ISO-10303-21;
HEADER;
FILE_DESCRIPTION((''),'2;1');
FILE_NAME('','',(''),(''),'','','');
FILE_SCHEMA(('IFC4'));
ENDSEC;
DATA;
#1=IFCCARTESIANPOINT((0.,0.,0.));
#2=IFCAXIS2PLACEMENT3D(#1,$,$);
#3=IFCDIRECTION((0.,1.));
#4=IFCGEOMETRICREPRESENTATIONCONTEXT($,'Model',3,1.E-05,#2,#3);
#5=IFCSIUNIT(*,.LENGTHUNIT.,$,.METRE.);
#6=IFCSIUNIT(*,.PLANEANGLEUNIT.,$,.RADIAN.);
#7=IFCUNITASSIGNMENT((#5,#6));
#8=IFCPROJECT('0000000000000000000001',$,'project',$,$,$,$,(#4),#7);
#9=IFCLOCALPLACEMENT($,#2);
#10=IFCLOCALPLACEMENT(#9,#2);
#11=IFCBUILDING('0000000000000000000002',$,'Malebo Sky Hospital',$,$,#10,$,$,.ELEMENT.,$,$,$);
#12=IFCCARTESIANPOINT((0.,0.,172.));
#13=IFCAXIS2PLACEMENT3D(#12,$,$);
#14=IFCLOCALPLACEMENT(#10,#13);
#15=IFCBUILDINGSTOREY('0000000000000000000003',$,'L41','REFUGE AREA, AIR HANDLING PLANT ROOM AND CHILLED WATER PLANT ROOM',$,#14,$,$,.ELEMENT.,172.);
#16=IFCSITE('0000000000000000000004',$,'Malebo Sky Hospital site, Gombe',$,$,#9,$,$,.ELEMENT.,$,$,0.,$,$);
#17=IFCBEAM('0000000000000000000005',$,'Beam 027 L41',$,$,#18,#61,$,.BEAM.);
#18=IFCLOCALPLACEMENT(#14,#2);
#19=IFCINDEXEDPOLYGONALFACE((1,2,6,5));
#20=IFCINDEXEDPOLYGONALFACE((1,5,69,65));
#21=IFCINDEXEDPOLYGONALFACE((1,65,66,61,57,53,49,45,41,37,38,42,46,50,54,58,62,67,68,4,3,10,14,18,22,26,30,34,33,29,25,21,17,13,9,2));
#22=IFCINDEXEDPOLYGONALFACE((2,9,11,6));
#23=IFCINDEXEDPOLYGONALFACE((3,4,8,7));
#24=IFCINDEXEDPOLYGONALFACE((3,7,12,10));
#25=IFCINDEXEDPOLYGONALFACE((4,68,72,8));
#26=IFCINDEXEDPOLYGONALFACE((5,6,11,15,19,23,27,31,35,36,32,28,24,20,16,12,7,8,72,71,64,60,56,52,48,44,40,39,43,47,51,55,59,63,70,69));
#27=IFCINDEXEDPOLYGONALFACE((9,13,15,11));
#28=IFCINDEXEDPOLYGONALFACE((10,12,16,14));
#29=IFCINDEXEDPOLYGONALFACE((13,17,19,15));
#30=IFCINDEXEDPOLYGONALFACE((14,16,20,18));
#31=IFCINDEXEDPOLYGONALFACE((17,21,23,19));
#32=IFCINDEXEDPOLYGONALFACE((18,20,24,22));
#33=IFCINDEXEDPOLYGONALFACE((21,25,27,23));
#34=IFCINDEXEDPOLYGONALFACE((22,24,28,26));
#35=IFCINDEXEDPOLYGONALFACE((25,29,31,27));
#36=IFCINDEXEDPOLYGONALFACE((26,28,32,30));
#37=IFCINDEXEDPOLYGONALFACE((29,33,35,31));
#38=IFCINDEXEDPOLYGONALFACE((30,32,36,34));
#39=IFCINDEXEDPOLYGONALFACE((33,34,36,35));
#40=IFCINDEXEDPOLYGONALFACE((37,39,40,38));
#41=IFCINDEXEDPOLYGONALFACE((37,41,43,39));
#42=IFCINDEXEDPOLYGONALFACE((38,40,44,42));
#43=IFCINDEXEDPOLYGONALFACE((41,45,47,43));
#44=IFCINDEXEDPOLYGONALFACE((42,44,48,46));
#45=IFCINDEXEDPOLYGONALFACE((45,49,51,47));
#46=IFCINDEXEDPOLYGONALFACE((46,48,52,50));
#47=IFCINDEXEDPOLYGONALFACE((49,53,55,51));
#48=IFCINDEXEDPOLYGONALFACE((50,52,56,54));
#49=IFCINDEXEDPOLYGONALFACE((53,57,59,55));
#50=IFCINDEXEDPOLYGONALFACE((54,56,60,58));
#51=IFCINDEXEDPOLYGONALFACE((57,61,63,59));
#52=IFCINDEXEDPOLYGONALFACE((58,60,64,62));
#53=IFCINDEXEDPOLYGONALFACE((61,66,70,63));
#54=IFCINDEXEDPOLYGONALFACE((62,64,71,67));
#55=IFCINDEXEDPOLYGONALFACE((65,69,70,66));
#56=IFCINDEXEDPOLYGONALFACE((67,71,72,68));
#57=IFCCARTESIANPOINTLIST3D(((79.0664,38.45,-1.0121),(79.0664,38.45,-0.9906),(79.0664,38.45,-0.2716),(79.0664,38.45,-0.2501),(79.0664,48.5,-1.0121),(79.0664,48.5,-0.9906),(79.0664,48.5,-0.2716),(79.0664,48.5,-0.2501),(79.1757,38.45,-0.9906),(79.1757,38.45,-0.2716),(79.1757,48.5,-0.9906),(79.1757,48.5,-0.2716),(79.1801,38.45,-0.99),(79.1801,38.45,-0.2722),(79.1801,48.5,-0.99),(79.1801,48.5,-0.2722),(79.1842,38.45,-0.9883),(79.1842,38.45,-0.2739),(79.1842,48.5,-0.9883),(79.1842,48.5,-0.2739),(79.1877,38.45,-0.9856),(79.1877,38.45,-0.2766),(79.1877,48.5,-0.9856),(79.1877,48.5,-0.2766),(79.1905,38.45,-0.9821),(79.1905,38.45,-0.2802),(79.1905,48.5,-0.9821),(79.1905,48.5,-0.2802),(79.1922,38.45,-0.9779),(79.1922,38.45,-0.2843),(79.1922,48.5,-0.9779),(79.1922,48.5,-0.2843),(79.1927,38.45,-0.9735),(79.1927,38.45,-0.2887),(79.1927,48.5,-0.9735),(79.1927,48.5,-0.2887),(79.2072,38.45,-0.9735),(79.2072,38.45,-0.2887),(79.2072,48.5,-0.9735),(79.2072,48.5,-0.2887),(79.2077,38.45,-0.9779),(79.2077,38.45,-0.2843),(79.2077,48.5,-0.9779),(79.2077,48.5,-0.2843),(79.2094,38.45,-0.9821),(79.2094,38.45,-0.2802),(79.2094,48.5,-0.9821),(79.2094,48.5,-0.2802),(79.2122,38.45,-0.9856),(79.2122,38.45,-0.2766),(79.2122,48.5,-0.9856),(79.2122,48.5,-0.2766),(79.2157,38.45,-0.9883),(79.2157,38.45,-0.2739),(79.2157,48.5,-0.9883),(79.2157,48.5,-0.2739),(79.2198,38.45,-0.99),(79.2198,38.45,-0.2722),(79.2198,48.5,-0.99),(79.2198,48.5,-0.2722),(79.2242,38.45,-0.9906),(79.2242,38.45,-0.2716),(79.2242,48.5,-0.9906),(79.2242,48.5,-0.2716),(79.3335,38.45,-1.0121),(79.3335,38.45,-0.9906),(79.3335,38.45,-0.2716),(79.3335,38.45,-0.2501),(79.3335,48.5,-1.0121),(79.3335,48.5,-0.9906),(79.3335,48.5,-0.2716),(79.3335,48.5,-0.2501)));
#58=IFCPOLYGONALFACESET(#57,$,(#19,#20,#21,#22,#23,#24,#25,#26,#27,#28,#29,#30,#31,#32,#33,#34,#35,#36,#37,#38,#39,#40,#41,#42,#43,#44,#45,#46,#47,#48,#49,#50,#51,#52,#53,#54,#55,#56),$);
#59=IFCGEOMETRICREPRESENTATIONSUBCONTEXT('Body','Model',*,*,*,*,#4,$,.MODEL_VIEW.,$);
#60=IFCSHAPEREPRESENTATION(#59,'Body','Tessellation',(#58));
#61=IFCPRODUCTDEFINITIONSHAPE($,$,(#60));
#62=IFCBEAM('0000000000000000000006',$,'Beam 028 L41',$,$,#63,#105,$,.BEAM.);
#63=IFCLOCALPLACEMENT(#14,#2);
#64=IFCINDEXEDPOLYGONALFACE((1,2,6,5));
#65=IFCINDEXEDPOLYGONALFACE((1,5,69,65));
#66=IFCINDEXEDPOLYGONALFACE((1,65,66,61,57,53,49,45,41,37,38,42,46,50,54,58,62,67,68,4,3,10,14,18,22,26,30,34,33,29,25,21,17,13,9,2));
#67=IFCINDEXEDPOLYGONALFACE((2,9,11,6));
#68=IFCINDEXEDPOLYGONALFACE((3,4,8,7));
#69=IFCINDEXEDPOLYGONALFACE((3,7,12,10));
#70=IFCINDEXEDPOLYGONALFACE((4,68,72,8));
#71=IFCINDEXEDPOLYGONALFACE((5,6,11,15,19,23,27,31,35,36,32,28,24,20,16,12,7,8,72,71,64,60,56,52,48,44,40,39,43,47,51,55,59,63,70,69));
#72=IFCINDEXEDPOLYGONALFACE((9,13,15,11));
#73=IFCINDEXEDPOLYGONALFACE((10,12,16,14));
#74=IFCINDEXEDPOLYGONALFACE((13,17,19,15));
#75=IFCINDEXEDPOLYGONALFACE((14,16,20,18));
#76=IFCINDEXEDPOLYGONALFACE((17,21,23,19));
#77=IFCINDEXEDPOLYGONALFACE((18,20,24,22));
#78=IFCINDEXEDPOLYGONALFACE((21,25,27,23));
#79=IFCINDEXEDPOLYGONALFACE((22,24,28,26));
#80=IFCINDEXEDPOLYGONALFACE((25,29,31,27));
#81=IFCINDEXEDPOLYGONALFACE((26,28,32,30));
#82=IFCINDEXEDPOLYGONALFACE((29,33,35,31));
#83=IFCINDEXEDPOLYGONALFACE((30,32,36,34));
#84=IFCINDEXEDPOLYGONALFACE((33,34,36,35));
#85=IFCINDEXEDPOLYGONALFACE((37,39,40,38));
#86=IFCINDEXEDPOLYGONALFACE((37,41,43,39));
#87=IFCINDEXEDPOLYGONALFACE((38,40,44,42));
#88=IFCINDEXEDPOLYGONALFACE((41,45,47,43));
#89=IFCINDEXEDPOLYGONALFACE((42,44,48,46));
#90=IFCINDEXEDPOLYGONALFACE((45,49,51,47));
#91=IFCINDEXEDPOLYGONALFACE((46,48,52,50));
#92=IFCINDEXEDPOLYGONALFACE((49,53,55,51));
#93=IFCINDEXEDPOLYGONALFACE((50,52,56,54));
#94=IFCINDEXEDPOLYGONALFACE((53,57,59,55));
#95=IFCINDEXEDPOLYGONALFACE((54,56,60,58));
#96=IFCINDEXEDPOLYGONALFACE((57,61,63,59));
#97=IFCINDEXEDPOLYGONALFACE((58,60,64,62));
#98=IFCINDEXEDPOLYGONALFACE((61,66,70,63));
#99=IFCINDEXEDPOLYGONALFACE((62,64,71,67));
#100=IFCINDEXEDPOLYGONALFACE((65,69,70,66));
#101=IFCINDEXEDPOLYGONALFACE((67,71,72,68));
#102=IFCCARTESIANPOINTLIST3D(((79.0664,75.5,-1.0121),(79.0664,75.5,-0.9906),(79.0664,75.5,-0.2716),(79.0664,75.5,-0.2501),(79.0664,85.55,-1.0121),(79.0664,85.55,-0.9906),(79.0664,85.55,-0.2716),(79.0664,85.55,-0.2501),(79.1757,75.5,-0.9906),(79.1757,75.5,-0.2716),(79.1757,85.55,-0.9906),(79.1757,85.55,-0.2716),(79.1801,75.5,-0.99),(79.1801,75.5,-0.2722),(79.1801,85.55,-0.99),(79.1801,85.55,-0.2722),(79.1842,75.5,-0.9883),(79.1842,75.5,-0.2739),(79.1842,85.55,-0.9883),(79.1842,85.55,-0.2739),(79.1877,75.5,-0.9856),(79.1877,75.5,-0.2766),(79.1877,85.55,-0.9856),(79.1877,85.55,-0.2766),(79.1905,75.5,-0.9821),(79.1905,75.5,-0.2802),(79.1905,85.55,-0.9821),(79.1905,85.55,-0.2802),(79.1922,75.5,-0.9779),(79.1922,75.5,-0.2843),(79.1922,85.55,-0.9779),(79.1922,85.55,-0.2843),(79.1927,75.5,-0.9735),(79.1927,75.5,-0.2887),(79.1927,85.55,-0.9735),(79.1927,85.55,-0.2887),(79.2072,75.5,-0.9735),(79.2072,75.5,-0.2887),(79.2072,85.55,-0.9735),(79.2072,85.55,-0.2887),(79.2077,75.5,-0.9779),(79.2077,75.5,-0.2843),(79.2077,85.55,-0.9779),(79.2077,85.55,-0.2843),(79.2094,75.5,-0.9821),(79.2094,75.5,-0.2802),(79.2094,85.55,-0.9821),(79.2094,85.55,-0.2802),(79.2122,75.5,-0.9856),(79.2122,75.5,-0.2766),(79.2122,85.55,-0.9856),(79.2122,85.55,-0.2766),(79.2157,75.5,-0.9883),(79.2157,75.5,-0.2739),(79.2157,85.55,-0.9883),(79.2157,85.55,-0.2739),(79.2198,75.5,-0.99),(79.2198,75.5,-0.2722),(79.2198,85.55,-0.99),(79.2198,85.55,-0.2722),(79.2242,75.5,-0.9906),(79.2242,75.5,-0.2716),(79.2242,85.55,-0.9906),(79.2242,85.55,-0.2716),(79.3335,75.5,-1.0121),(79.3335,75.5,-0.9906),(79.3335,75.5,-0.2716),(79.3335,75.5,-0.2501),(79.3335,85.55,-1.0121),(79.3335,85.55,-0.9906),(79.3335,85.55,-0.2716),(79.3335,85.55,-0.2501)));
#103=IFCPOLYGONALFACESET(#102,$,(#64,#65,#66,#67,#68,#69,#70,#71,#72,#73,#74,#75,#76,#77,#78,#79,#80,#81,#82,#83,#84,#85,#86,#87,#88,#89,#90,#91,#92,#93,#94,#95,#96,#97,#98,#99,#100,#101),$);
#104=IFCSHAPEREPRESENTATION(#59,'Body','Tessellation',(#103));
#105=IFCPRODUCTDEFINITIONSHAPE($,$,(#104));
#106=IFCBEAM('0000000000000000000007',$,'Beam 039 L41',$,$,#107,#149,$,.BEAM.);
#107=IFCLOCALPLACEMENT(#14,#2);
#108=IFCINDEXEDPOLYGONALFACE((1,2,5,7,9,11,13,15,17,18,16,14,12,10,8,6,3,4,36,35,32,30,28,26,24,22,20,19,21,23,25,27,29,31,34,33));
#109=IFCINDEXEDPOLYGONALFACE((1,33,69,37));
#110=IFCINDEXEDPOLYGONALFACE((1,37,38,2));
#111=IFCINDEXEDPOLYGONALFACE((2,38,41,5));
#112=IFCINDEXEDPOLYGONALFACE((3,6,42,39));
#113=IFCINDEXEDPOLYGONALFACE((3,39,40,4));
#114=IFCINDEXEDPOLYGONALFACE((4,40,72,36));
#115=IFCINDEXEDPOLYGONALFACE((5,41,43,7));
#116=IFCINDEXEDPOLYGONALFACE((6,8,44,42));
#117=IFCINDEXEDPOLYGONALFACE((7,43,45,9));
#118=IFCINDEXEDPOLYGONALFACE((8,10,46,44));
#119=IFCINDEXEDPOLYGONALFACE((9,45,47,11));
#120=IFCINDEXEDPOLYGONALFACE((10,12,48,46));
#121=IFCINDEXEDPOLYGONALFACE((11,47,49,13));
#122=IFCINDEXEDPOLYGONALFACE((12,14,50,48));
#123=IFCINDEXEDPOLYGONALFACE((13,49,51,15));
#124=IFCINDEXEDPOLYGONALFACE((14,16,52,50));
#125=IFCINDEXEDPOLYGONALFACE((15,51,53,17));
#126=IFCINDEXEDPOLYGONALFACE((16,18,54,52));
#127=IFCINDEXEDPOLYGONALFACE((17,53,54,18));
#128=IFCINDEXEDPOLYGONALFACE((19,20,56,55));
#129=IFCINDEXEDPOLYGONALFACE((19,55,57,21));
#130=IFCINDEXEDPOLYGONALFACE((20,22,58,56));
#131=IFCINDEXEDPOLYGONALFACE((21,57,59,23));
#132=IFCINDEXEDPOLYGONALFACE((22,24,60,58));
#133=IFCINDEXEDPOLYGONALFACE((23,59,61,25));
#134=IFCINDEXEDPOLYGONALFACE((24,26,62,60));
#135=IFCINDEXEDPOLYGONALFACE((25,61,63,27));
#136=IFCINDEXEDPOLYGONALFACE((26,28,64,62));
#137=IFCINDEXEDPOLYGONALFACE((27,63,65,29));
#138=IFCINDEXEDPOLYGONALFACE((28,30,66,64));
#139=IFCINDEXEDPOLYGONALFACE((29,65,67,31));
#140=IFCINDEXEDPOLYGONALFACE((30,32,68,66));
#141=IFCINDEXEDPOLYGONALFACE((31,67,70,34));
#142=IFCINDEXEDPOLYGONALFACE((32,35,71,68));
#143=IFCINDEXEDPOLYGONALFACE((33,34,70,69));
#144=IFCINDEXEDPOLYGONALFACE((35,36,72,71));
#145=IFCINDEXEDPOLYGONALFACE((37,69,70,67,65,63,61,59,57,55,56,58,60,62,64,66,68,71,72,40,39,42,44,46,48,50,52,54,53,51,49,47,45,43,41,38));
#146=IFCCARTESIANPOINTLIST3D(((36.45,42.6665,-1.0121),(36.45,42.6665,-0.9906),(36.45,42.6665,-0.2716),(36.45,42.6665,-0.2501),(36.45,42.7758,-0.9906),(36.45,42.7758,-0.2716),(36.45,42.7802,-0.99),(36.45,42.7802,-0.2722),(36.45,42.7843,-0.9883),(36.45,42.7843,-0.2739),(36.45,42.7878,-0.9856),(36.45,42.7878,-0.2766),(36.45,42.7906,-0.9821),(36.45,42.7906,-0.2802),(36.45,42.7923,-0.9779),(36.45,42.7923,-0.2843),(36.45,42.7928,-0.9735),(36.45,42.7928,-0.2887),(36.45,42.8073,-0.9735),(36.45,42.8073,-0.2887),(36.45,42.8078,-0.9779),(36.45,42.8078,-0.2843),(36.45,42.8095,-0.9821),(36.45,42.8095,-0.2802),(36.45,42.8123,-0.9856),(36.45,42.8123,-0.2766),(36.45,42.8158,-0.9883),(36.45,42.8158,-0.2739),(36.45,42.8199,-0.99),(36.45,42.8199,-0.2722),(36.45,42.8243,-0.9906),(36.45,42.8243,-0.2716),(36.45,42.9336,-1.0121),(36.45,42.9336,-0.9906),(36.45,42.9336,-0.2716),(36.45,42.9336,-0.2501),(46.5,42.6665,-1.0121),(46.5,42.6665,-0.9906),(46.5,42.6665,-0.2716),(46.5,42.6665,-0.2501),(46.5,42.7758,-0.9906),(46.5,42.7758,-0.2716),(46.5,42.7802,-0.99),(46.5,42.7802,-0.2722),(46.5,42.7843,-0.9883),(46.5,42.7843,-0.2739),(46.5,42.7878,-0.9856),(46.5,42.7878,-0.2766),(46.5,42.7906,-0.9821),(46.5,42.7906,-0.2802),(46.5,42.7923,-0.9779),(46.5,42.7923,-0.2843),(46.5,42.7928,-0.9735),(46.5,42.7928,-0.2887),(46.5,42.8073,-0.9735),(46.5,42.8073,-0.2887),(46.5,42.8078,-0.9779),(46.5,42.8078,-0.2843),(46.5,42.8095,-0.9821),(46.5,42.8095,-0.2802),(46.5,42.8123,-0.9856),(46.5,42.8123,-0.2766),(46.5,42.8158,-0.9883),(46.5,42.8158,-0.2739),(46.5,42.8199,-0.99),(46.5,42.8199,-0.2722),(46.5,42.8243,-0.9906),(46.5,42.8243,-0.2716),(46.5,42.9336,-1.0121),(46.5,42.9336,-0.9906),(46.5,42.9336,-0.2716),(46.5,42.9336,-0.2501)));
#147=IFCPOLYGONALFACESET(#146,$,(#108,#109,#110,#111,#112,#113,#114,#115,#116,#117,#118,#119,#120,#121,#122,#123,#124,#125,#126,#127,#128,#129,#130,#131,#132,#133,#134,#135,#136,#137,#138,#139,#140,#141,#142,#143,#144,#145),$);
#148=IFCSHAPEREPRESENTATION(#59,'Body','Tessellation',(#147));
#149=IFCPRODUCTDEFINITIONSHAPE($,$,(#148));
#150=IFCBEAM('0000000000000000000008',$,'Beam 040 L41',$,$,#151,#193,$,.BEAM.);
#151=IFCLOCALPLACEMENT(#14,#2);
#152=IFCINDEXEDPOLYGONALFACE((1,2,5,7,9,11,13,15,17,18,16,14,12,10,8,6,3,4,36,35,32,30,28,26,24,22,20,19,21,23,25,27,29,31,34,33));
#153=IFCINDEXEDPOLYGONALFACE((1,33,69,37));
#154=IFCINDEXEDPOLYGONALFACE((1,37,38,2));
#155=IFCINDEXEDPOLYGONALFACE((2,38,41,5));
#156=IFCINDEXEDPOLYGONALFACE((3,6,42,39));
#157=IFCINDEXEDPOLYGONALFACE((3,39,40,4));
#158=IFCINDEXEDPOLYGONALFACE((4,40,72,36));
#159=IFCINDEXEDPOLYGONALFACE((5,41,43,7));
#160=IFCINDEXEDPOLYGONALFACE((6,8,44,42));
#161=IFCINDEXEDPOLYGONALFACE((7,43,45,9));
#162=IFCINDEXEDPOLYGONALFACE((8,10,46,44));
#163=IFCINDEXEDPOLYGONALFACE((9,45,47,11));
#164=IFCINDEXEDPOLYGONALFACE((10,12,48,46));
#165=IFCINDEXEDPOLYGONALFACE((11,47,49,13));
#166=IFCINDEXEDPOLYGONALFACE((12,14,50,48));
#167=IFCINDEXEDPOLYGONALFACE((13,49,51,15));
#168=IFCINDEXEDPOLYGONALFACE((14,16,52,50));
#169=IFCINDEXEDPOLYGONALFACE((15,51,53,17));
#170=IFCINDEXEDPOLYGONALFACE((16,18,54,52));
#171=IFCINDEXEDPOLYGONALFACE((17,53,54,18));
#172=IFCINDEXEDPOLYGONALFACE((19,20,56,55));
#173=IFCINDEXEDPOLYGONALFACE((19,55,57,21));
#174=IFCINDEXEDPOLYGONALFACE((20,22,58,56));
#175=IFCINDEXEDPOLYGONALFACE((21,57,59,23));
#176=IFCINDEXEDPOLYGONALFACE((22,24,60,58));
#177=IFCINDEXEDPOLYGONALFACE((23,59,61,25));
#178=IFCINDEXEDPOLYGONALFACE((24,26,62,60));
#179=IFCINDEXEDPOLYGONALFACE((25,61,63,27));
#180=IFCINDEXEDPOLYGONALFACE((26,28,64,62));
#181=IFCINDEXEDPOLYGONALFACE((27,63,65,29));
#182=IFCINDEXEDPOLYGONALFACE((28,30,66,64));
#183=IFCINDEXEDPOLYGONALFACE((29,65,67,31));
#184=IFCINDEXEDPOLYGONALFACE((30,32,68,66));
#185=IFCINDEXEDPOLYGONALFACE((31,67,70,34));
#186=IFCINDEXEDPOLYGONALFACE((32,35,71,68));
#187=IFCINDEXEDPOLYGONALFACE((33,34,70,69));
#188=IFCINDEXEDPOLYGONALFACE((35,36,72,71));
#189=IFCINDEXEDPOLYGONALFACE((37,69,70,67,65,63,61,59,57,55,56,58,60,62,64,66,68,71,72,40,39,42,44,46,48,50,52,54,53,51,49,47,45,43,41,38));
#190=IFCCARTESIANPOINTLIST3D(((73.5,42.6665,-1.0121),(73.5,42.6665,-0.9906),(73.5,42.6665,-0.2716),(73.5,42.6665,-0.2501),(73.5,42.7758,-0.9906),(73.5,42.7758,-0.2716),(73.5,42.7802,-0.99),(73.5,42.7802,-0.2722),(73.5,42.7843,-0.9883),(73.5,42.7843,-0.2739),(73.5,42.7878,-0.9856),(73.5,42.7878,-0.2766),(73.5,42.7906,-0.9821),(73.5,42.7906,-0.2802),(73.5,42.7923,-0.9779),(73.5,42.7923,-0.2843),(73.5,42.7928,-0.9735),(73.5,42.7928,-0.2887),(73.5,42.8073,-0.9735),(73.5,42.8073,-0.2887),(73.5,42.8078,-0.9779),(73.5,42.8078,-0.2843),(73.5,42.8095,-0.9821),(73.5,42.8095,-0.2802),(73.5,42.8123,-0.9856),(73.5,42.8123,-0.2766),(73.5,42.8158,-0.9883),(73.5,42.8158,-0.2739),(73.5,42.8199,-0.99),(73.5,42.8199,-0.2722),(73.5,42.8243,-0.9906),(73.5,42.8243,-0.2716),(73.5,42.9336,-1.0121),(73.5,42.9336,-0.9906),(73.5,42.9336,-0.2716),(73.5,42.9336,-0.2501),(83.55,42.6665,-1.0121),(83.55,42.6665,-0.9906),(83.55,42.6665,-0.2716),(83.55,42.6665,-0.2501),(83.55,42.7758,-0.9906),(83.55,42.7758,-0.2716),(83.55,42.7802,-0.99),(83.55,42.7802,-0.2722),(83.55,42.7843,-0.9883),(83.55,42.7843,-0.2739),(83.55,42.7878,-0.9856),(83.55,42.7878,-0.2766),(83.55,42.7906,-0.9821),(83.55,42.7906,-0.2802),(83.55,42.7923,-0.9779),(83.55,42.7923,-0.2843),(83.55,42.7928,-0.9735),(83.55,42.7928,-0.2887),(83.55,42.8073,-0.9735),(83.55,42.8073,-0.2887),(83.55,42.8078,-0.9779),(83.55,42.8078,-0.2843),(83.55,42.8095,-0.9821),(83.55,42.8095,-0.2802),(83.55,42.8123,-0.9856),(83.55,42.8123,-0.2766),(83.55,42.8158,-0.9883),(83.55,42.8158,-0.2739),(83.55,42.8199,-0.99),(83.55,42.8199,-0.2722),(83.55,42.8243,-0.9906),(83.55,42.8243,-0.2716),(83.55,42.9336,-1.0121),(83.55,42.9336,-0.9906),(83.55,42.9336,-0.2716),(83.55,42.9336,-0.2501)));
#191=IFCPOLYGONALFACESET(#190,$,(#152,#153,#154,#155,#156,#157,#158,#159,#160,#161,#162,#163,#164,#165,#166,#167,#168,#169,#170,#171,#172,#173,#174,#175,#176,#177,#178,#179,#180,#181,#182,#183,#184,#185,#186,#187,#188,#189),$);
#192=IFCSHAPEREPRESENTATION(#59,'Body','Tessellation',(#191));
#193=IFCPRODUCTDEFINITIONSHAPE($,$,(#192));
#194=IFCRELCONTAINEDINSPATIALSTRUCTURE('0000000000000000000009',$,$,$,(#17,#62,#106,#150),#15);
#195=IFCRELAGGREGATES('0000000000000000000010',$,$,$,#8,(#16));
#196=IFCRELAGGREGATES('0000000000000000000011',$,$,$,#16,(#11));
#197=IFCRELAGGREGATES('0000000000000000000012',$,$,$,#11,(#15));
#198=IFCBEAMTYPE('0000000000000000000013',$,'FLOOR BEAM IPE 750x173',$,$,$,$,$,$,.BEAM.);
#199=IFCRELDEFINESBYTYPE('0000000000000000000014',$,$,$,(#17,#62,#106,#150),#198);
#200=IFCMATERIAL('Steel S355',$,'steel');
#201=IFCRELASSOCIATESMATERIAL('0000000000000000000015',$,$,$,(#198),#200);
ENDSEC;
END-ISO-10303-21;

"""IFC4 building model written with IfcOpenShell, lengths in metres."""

from ifc_helpers import new_model, si_unit, direction, frame, origin, origin_2d, place, context, subcontext, project, spatial, i_section, extrude, material, material_profile, profile_set, type_object, element, save


model = new_model("IFC4")

# Units and contexts
model_context = context("Model", 3, precision=1e-05, world=origin(), true_north=direction((0.0, 1.0)))
body_context = subcontext(model_context, "Body", "Model", "MODEL_VIEW")
ifc_project = project(units=[si_unit("LENGTHUNIT", "METRE"), si_unit("PLANEANGLEUNIT", "RADIAN")], contexts=[model_context])

# Site, building, storey
site_placement = place(None, origin())
site = spatial("IfcSite", under=ifc_project, at=site_placement, Name="Malebo Sky Hospital site, Gombe", CompositionType="ELEMENT", RefElevation=0.0)
building_placement = place(site_placement, origin())
building = spatial("IfcBuilding", under=site, at=building_placement, Name="Malebo Sky Hospital", CompositionType="ELEMENT")
storey_placement = place(building_placement, frame((0.0, 0.0, 172.0)))
storey = spatial("IfcBuildingStorey", under=building, at=storey_placement, Name="L41", Description="REFUGE AREA, AIR HANDLING PLANT ROOM AND CHILLED WATER PLANT ROOM", CompositionType="ELEMENT", Elevation=172.0)

# Beams
ifc_material = material(Name="Steel S355", Category="steel")
ifc_material_profile_1 = material_profile(ifc_material, i_section(OverallWidth=0.2671, OverallDepth=0.762, WebThickness=0.0144, FlangeThickness=0.0215, FilletRadius=0.0171, at=origin_2d()), Name="IPE 750x173")
ifc_profile_set_1 = profile_set([ifc_material_profile_1], Name="Steel S355")
beam_type_1 = type_object("IfcBeamType", Name="FLOOR BEAM IPE 750x173", PredefinedType="BEAM", material=ifc_profile_set_1)
for number, where, z_axis, x_axis, name in (
    (1, (79.2, 38.45, -0.6311), (0.0, 1.0, 0.0), (-1.0, 0.0, 0.0), "Beam 027 L41"),
    (2, (79.2, 75.5, -0.6311), (0.0, 1.0, 0.0), (-1.0, 0.0, 0.0), "Beam 028 L41"),
    (3, (36.45, 42.8, -0.6311), (1.0, 0.0, 0.0), (0.0, 1.0, 0.0), "Beam 039 L41"),
    (4, (73.5, 42.8, -0.6311), (1.0, 0.0, 0.0), (0.0, 1.0, 0.0), "Beam 040 L41"),
):
    element("IfcBeam", number, at=place(storey_placement, frame(where, z_axis=z_axis, x_axis=x_axis)), inside=storey, type_object=beam_type_1, Name=name, PredefinedType="BEAM", context=body_context, shape_type="SweptSolid", body=[
        extrude(i_section(OverallWidth=0.2671, OverallDepth=0.762, WebThickness=0.0144, FlangeThickness=0.0215, FilletRadius=0.0171, at=origin_2d()), origin(), (0.0, 0.0, 1.0), 10.05),
    ])

save(model, "model.ifc")
